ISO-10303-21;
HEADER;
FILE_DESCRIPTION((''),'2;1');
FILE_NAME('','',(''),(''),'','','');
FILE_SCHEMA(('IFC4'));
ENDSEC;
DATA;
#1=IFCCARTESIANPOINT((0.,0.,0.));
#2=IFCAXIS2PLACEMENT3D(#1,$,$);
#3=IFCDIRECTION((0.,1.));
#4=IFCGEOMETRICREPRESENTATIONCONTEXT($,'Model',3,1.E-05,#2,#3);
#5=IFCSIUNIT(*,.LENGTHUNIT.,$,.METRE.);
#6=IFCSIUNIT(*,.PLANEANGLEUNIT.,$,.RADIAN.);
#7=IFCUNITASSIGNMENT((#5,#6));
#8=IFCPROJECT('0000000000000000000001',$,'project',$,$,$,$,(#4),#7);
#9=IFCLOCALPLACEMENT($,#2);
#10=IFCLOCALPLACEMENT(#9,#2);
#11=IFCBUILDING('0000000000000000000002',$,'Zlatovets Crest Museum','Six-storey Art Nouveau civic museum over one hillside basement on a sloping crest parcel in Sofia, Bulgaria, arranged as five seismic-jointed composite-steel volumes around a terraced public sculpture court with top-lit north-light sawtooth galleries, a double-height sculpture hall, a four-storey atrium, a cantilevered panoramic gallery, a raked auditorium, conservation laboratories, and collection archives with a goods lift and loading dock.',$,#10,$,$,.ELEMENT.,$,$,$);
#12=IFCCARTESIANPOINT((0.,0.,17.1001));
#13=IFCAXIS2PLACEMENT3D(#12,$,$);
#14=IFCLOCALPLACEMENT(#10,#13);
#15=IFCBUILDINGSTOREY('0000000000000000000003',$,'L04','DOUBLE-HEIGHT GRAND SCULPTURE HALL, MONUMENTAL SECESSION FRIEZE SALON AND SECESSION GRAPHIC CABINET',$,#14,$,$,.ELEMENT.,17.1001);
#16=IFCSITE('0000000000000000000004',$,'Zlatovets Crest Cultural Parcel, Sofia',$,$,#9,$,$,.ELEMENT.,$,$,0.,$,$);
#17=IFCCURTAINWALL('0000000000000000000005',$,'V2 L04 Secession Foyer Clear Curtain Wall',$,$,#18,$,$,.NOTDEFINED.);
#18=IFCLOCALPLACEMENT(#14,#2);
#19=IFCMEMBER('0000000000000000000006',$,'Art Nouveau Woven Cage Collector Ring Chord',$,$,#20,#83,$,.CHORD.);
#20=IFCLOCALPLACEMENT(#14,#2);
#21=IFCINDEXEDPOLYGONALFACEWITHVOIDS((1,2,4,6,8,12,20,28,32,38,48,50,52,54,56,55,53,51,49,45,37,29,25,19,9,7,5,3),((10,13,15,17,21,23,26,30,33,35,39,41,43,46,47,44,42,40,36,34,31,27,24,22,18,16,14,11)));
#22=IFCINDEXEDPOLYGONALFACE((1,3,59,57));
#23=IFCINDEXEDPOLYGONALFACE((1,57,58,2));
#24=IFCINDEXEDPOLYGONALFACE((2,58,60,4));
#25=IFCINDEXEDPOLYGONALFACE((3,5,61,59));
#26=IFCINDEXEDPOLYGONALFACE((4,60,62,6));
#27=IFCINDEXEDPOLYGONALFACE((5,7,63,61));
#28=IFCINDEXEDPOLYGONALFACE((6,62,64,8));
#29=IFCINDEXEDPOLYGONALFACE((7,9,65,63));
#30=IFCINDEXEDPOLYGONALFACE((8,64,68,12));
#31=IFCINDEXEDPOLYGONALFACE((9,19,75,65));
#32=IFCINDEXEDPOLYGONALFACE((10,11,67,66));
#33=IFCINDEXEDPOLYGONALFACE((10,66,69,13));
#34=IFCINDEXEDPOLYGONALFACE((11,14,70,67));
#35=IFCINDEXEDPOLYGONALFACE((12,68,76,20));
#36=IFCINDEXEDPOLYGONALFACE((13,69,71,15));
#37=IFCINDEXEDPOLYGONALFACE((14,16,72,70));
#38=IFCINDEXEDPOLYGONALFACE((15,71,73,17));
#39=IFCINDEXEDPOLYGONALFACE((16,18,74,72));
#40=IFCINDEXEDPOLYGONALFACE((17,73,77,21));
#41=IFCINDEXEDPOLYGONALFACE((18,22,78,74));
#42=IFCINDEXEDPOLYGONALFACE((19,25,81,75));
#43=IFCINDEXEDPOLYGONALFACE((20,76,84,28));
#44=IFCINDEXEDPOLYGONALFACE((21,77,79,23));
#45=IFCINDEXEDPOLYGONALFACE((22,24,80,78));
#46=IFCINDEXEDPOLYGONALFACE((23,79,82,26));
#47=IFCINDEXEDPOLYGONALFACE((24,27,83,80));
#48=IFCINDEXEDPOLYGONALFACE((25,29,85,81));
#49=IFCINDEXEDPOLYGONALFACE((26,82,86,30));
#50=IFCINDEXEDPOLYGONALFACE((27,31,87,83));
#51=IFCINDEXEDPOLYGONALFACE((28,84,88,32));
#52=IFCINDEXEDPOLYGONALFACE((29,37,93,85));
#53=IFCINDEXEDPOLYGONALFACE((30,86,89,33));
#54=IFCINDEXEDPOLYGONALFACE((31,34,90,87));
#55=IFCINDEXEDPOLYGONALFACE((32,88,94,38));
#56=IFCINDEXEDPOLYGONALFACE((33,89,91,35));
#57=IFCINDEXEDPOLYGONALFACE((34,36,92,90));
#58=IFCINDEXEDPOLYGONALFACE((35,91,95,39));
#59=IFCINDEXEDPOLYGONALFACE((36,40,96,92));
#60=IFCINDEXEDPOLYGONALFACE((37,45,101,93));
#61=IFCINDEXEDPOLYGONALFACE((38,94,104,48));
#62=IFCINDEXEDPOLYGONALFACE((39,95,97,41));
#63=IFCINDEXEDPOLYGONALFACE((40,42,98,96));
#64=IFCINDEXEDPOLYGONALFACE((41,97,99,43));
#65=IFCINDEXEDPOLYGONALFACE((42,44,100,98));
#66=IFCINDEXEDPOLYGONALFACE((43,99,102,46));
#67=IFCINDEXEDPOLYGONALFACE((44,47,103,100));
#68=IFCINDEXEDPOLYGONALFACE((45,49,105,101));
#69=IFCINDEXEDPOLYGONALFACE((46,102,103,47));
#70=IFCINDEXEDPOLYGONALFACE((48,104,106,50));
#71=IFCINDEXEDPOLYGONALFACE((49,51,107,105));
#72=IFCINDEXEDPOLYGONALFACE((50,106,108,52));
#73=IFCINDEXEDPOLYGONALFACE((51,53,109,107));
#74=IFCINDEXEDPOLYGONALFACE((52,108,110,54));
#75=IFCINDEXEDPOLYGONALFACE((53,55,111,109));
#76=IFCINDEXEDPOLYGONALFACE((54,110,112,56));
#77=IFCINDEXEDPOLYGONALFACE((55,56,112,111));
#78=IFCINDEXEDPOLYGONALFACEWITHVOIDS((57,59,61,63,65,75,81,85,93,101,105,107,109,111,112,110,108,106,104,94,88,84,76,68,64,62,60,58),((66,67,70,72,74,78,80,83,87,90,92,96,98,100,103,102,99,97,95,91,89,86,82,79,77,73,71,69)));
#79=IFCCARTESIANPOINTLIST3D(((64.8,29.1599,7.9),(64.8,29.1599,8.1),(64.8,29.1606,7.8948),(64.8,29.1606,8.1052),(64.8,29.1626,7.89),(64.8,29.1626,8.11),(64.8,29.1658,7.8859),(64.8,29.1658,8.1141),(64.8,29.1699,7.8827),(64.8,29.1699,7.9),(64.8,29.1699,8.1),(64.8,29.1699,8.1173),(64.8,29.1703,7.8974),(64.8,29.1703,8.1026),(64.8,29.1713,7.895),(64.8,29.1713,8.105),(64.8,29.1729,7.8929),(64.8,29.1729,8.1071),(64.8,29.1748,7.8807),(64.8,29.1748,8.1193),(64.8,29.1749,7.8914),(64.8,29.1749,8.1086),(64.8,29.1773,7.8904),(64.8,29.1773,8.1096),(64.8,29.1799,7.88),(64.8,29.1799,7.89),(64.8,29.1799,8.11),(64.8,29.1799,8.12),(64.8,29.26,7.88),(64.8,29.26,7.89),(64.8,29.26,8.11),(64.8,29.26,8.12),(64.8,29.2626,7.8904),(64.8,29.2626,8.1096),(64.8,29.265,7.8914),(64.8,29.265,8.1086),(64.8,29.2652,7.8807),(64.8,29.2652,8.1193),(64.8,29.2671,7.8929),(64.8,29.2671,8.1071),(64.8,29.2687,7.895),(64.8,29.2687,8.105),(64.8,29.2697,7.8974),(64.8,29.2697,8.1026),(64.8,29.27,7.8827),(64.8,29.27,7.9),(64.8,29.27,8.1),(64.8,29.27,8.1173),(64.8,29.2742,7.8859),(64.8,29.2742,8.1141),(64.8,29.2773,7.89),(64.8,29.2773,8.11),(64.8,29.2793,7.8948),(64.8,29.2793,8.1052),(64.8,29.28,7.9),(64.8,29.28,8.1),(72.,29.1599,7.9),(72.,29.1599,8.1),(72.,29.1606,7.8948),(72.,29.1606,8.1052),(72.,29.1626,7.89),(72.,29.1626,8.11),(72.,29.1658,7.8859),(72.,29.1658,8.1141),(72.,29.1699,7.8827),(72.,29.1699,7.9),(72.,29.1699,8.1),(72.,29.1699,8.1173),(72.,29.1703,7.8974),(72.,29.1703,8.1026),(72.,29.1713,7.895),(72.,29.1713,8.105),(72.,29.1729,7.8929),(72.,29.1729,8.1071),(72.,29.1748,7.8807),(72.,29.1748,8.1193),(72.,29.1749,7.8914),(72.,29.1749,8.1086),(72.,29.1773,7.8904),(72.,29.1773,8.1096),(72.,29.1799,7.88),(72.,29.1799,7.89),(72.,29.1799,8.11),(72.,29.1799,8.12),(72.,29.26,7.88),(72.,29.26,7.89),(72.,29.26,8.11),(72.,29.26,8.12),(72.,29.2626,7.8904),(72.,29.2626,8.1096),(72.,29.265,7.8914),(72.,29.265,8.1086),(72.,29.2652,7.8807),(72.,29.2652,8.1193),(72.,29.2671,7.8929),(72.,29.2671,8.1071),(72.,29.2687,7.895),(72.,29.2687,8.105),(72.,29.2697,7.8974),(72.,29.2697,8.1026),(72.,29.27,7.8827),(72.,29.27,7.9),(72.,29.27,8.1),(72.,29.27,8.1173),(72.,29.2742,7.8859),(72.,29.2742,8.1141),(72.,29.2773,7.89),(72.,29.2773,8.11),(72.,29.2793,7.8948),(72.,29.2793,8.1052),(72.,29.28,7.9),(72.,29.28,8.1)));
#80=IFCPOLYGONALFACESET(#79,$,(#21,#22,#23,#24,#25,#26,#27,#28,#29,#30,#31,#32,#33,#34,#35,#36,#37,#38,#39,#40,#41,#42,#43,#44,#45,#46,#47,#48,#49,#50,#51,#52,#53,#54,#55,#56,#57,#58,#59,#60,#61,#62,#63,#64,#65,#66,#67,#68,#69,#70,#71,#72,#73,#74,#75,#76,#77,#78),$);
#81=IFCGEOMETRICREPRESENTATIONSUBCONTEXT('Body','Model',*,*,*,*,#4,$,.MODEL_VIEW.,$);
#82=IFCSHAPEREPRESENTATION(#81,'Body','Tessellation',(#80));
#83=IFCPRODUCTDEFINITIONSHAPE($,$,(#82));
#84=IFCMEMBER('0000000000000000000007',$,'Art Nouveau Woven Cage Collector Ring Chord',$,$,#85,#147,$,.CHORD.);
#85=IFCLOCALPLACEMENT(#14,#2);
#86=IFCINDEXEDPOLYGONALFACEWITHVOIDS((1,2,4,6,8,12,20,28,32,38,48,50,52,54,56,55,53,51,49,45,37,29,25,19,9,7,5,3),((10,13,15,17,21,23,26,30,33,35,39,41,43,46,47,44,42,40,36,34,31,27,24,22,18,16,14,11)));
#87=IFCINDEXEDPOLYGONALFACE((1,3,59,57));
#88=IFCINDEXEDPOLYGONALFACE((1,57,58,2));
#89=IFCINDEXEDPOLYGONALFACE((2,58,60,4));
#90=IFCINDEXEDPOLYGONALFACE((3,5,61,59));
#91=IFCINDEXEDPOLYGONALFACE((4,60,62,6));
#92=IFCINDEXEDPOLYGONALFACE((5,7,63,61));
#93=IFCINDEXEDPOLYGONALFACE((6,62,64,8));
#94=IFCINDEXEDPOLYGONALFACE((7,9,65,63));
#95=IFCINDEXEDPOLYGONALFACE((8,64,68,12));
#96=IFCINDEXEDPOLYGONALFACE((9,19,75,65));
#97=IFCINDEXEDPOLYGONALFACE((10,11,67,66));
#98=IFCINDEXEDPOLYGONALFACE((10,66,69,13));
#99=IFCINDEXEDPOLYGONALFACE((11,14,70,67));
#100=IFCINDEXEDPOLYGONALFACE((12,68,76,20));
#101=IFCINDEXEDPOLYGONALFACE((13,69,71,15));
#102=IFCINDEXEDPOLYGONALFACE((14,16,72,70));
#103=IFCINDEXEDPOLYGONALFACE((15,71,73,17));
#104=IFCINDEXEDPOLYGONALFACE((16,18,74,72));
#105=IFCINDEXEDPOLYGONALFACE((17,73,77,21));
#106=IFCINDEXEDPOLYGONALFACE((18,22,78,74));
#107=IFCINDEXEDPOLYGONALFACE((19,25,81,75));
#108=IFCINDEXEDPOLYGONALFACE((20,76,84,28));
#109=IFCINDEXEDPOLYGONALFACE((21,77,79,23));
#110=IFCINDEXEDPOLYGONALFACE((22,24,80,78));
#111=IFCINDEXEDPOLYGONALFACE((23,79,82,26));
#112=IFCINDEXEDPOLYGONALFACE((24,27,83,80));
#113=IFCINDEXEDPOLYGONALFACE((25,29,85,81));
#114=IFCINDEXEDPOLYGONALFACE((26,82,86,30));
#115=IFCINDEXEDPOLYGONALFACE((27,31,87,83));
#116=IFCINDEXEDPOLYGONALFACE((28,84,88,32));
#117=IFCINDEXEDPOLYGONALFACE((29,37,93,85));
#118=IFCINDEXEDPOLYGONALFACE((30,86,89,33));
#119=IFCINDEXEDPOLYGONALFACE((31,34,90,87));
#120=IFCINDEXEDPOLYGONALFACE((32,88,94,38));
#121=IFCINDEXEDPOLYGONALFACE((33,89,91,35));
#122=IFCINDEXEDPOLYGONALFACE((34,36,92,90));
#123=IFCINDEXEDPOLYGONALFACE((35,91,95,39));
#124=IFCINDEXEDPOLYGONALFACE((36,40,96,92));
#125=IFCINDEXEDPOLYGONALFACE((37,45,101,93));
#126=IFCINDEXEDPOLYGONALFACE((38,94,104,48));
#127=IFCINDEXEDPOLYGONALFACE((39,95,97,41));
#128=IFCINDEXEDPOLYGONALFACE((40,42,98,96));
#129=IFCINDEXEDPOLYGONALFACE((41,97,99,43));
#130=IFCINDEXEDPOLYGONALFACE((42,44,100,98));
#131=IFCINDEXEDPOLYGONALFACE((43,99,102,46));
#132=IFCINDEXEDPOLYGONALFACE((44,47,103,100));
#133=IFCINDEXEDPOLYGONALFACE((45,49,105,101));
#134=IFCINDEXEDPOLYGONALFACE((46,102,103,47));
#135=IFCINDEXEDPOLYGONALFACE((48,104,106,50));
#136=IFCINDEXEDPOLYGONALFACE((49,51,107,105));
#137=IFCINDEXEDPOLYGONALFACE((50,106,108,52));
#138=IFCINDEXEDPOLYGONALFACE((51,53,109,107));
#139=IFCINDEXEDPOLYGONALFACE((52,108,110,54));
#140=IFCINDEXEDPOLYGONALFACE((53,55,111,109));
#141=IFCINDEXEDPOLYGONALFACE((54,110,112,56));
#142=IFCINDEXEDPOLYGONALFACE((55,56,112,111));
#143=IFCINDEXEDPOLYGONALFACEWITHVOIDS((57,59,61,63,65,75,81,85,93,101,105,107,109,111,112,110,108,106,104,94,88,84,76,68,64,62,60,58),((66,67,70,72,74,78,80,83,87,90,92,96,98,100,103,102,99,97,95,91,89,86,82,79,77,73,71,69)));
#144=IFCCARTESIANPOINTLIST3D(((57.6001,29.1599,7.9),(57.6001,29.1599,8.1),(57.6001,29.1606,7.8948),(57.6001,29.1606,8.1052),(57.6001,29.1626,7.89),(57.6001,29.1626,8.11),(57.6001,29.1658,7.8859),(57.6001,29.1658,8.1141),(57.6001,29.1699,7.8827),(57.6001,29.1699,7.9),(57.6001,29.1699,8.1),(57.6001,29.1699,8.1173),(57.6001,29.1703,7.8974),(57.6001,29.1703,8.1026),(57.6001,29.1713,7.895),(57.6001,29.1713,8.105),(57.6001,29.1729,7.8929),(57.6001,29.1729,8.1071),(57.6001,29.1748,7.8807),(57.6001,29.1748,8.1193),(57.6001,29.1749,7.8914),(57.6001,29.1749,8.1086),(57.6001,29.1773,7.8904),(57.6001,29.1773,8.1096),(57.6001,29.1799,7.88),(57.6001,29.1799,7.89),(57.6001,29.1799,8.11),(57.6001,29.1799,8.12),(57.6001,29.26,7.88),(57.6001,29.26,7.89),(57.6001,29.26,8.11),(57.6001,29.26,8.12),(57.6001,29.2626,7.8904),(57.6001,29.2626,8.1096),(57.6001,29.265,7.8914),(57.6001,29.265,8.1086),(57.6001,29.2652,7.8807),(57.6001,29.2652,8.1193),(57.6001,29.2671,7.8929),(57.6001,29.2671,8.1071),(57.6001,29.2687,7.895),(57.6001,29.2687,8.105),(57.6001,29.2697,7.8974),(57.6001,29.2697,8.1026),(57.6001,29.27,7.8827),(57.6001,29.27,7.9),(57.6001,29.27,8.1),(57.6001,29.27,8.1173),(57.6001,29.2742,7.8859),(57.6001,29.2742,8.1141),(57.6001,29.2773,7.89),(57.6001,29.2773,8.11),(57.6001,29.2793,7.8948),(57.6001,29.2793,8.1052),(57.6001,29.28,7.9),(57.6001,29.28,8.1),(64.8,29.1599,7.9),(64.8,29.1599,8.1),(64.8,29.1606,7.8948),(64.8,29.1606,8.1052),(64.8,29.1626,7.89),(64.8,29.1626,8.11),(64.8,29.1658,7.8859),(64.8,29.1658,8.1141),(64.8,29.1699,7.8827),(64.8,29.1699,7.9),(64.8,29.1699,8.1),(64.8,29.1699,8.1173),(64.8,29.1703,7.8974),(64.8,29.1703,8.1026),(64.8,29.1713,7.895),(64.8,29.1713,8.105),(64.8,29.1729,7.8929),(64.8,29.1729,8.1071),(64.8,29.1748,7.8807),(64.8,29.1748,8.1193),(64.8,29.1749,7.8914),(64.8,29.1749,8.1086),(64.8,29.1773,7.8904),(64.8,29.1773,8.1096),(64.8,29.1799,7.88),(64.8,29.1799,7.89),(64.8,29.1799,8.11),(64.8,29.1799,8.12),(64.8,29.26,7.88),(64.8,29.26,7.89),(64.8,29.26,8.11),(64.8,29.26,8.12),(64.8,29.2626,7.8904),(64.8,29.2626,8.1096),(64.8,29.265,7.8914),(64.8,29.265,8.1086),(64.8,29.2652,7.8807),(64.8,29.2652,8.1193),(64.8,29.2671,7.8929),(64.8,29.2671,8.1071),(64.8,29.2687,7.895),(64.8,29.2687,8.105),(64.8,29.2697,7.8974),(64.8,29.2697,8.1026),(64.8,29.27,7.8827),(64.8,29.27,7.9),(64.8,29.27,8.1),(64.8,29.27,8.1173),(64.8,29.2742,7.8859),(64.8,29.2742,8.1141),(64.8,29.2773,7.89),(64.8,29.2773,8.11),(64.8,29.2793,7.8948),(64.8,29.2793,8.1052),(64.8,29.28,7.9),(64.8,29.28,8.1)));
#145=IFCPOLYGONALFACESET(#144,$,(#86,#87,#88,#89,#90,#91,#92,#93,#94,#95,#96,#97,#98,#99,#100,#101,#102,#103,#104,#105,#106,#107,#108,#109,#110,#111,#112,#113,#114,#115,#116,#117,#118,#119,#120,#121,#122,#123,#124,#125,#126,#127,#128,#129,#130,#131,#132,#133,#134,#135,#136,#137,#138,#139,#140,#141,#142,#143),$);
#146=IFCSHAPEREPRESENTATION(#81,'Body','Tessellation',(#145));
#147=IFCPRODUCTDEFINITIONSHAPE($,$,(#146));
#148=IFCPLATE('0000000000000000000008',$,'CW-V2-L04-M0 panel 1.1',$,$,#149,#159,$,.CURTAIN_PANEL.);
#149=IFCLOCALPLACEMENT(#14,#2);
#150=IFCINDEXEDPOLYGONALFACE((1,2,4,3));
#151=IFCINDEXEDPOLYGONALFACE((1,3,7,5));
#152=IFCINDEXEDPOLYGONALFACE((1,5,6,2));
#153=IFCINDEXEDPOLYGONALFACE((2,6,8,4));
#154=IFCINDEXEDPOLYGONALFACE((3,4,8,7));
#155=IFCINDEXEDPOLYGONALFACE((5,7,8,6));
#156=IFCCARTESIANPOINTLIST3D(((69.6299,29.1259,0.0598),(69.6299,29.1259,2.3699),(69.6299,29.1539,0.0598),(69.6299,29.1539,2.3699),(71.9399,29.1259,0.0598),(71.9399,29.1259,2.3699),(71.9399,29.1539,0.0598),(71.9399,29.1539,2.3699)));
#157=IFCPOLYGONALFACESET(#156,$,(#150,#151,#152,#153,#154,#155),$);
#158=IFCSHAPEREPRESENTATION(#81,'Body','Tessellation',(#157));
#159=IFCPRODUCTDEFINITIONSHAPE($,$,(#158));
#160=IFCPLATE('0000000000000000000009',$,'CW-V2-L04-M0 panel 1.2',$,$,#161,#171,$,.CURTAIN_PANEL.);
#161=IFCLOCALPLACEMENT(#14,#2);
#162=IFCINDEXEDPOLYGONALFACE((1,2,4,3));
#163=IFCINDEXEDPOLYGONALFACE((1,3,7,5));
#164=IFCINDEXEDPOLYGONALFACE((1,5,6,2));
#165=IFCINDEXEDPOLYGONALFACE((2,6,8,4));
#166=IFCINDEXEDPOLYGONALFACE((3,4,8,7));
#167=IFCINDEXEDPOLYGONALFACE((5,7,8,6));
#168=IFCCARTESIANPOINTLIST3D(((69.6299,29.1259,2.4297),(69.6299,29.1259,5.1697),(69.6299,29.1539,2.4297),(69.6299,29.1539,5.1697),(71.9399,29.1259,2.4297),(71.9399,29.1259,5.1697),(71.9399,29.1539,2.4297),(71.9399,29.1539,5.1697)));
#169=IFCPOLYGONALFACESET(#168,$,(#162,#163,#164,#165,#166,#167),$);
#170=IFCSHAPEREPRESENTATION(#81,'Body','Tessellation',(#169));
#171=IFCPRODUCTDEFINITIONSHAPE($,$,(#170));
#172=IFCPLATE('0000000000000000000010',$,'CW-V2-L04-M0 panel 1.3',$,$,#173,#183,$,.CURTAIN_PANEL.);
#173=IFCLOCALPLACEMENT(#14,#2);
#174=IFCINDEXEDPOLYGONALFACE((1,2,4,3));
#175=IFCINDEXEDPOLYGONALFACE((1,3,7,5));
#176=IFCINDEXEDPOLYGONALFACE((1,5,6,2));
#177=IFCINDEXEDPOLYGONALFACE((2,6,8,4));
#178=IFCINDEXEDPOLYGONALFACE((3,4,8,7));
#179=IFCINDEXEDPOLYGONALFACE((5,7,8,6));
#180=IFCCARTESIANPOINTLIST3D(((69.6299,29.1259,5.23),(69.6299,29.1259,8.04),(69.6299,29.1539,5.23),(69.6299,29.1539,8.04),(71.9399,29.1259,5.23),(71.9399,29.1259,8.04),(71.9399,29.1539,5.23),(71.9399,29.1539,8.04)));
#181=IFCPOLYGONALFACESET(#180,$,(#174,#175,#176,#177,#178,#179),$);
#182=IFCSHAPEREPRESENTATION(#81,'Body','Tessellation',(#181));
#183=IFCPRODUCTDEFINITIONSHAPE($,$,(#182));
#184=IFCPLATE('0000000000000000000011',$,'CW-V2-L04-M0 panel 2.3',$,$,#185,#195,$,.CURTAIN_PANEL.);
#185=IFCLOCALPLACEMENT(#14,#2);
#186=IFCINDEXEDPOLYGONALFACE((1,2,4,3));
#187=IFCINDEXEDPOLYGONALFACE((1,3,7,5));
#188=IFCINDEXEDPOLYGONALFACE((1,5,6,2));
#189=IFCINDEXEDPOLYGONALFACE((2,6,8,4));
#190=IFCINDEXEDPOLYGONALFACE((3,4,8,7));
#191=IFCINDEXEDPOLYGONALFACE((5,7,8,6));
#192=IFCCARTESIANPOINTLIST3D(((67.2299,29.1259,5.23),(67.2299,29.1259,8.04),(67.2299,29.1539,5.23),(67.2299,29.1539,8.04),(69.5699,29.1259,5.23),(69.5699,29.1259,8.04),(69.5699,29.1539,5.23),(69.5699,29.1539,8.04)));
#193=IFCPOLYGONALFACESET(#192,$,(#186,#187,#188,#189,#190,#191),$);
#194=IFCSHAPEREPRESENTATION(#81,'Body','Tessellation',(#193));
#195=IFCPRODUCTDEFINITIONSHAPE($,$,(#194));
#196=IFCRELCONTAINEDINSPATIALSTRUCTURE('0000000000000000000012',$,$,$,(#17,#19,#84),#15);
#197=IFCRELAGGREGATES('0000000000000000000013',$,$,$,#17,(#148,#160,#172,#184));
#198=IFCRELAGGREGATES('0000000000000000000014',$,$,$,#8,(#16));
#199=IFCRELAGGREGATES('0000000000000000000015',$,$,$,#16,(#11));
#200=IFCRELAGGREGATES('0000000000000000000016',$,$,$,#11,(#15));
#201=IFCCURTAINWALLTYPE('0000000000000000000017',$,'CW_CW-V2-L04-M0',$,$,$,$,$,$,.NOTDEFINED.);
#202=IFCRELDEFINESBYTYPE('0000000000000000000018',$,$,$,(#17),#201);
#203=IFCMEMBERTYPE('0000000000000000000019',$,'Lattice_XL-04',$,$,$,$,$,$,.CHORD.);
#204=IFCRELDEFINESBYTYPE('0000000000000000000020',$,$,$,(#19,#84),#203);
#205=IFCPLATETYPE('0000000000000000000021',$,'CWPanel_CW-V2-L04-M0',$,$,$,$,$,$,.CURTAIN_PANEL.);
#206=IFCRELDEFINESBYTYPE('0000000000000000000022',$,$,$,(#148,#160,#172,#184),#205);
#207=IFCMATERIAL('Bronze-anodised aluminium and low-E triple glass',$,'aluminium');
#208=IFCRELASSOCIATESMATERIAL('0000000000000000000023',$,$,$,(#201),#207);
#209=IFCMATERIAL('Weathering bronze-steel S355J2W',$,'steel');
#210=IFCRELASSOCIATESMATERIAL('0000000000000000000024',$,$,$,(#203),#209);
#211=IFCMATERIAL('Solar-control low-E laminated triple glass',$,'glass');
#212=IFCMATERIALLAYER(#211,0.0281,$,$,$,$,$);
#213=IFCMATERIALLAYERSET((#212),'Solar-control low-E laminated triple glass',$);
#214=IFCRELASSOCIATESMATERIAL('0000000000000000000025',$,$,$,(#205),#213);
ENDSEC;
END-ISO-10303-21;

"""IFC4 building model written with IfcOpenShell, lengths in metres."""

from ifc_helpers import new_model, si_unit, direction, frame, origin, origin_2d, place, context, subcontext, project, spatial, rectangle, hollow_rectangle, extrude, material, layer, layer_set, material_profile, profile_set, type_object, element, aggregate, save


model = new_model("IFC4")

# Units and contexts
model_context = context("Model", 3, precision=1e-05, world=origin(), true_north=direction((0.0, 1.0)))
body_context = subcontext(model_context, "Body", "Model", "MODEL_VIEW")
ifc_project = project(units=[si_unit("LENGTHUNIT", "METRE"), si_unit("PLANEANGLEUNIT", "RADIAN")], contexts=[model_context])

# Site, building, storey
site_placement = place(None, origin())
site = spatial("IfcSite", under=ifc_project, at=site_placement, Name="Zlatovets Crest Cultural Parcel, Sofia", CompositionType="ELEMENT", RefElevation=0.0)
building_placement = place(site_placement, origin())
building = spatial("IfcBuilding", under=site, at=building_placement, Name="Zlatovets Crest Museum", Description="Six-storey Art Nouveau civic museum over one hillside basement on a sloping crest parcel in Sofia, Bulgaria, arranged as five seismic-jointed composite-steel volumes around a terraced public sculpture court with top-lit north-light sawtooth galleries, a double-height sculpture hall, a four-storey atrium, a cantilevered panoramic gallery, a raked auditorium, conservation laboratories, and collection archives with a goods lift and loading dock.", CompositionType="ELEMENT")
storey_placement = place(building_placement, frame((0.0, 0.0, 17.1001)))
storey = spatial("IfcBuildingStorey", under=building, at=storey_placement, Name="L04", Description="DOUBLE-HEIGHT GRAND SCULPTURE HALL, MONUMENTAL SECESSION FRIEZE SALON AND SECESSION GRAPHIC CABINET", CompositionType="ELEMENT", Elevation=17.1001)

# Curtain wall
ifc_material_1 = material(Name="Bronze-anodised aluminium and low-E triple glass", Category="aluminium")
curtain_wall_type_1 = type_object("IfcCurtainWallType", Name="CW_CW-V2-L04-M0", PredefinedType="NOTDEFINED", material=ifc_material_1)
curtain_wall_1_placement = place(storey_placement, origin())
curtain_wall_1 = element("IfcCurtainWall", 1, at=curtain_wall_1_placement, inside=storey, type_object=curtain_wall_type_1, Name="V2 L04 Secession Foyer Clear Curtain Wall", PredefinedType="NOTDEFINED")

# Members
ifc_material_2 = material(Name="Weathering bronze-steel S355J2W", Category="steel")
ifc_material_profile_1 = material_profile(ifc_material_2, hollow_rectangle(XDim=0.1201, YDim=0.24, WallThickness=0.01, InnerFilletRadius=0.01, OuterFilletRadius=0.02, at=origin_2d()), Name="RHS 120x240x10.0")
ifc_profile_set_1 = profile_set([ifc_material_profile_1], Name="Weathering bronze-steel S355J2W")
member_type_1 = type_object("IfcMemberType", Name="Lattice_XL-04", PredefinedType="CHORD", material=ifc_profile_set_1)
for number, where, z_axis, x_axis, name in (
    (2, (72.0, 29.22, 8.0), (-1.0, 0.0, 0.0), (0.0, -1.0, 0.0), "Art Nouveau Woven Cage Collector Ring Chord"),
    (3, (64.8, 29.22, 8.0), (-1.0, 0.0, 0.0), (0.0, -1.0, 0.0), "Art Nouveau Woven Cage Collector Ring Chord"),
):
    element("IfcMember", number, at=place(storey_placement, frame(where, z_axis=z_axis, x_axis=x_axis)), inside=storey, type_object=member_type_1, Name=name, PredefinedType="CHORD", context=body_context, shape_type="SweptSolid", body=[
        extrude(hollow_rectangle(XDim=0.1201, YDim=0.24, WallThickness=0.01, InnerFilletRadius=0.01, OuterFilletRadius=0.02, at=origin_2d()), origin(), (0.0, 0.0, 1.0), 7.2),
    ])

# Plates
ifc_material_3 = material(Name="Solar-control low-E laminated triple glass", Category="glass")
ifc_layer_1 = layer(ifc_material_3, 0.0281)
ifc_layer_set_1 = layer_set([ifc_layer_1], Name="Solar-control low-E laminated triple glass")
plate_type_1 = type_object("IfcPlateType", Name="CWPanel_CW-V2-L04-M0", PredefinedType="CURTAIN_PANEL", material=ifc_layer_set_1)
plate_1_placement = place(storey_placement, frame((70.7849, 29.1399, 0.0598), z_axis=(0.0, 0.0, 1.0), x_axis=(-1.0, 0.0, 0.0)))
plate_1 = element("IfcPlate", 4, at=plate_1_placement, type_object=plate_type_1, Name="CW-V2-L04-M0 panel 1.1", PredefinedType="CURTAIN_PANEL", context=body_context, shape_type="SweptSolid", body=[
    extrude(rectangle(XDim=2.3101, YDim=0.0281, at=origin_2d()), origin(), (0.0, 0.0, 1.0), 2.3101),
])
plate_2_placement = place(storey_placement, frame((70.7849, 29.1399, 2.4297), z_axis=(0.0, 0.0, 1.0), x_axis=(-1.0, 0.0, 0.0)))
plate_2 = element("IfcPlate", 5, at=plate_2_placement, type_object=plate_type_1, Name="CW-V2-L04-M0 panel 1.2", PredefinedType="CURTAIN_PANEL", context=body_context, shape_type="SweptSolid", body=[
    extrude(rectangle(XDim=2.3101, YDim=0.0281, at=origin_2d()), origin(), (0.0, 0.0, 1.0), 2.74),
])
plate_3_placement = place(storey_placement, frame((70.7849, 29.1399, 5.23), z_axis=(0.0, 0.0, 1.0), x_axis=(-1.0, 0.0, 0.0)))
plate_3 = element("IfcPlate", 6, at=plate_3_placement, type_object=plate_type_1, Name="CW-V2-L04-M0 panel 1.3", PredefinedType="CURTAIN_PANEL", context=body_context, shape_type="SweptSolid", body=[
    extrude(rectangle(XDim=2.3101, YDim=0.0281, at=origin_2d()), origin(), (0.0, 0.0, 1.0), 2.8101),
])
plate_4_placement = place(storey_placement, frame((68.3999, 29.1399, 5.23), z_axis=(0.0, 0.0, 1.0), x_axis=(-1.0, 0.0, 0.0)))
plate_4 = element("IfcPlate", 7, at=plate_4_placement, type_object=plate_type_1, Name="CW-V2-L04-M0 panel 2.3", PredefinedType="CURTAIN_PANEL", context=body_context, shape_type="SweptSolid", body=[
    extrude(rectangle(XDim=2.3401, YDim=0.0281, at=origin_2d()), origin(), (0.0, 0.0, 1.0), 2.8101),
])
aggregate(curtain_wall_1, [plate_1, plate_2, plate_3, plate_4])

save(model, "model.ifc")
